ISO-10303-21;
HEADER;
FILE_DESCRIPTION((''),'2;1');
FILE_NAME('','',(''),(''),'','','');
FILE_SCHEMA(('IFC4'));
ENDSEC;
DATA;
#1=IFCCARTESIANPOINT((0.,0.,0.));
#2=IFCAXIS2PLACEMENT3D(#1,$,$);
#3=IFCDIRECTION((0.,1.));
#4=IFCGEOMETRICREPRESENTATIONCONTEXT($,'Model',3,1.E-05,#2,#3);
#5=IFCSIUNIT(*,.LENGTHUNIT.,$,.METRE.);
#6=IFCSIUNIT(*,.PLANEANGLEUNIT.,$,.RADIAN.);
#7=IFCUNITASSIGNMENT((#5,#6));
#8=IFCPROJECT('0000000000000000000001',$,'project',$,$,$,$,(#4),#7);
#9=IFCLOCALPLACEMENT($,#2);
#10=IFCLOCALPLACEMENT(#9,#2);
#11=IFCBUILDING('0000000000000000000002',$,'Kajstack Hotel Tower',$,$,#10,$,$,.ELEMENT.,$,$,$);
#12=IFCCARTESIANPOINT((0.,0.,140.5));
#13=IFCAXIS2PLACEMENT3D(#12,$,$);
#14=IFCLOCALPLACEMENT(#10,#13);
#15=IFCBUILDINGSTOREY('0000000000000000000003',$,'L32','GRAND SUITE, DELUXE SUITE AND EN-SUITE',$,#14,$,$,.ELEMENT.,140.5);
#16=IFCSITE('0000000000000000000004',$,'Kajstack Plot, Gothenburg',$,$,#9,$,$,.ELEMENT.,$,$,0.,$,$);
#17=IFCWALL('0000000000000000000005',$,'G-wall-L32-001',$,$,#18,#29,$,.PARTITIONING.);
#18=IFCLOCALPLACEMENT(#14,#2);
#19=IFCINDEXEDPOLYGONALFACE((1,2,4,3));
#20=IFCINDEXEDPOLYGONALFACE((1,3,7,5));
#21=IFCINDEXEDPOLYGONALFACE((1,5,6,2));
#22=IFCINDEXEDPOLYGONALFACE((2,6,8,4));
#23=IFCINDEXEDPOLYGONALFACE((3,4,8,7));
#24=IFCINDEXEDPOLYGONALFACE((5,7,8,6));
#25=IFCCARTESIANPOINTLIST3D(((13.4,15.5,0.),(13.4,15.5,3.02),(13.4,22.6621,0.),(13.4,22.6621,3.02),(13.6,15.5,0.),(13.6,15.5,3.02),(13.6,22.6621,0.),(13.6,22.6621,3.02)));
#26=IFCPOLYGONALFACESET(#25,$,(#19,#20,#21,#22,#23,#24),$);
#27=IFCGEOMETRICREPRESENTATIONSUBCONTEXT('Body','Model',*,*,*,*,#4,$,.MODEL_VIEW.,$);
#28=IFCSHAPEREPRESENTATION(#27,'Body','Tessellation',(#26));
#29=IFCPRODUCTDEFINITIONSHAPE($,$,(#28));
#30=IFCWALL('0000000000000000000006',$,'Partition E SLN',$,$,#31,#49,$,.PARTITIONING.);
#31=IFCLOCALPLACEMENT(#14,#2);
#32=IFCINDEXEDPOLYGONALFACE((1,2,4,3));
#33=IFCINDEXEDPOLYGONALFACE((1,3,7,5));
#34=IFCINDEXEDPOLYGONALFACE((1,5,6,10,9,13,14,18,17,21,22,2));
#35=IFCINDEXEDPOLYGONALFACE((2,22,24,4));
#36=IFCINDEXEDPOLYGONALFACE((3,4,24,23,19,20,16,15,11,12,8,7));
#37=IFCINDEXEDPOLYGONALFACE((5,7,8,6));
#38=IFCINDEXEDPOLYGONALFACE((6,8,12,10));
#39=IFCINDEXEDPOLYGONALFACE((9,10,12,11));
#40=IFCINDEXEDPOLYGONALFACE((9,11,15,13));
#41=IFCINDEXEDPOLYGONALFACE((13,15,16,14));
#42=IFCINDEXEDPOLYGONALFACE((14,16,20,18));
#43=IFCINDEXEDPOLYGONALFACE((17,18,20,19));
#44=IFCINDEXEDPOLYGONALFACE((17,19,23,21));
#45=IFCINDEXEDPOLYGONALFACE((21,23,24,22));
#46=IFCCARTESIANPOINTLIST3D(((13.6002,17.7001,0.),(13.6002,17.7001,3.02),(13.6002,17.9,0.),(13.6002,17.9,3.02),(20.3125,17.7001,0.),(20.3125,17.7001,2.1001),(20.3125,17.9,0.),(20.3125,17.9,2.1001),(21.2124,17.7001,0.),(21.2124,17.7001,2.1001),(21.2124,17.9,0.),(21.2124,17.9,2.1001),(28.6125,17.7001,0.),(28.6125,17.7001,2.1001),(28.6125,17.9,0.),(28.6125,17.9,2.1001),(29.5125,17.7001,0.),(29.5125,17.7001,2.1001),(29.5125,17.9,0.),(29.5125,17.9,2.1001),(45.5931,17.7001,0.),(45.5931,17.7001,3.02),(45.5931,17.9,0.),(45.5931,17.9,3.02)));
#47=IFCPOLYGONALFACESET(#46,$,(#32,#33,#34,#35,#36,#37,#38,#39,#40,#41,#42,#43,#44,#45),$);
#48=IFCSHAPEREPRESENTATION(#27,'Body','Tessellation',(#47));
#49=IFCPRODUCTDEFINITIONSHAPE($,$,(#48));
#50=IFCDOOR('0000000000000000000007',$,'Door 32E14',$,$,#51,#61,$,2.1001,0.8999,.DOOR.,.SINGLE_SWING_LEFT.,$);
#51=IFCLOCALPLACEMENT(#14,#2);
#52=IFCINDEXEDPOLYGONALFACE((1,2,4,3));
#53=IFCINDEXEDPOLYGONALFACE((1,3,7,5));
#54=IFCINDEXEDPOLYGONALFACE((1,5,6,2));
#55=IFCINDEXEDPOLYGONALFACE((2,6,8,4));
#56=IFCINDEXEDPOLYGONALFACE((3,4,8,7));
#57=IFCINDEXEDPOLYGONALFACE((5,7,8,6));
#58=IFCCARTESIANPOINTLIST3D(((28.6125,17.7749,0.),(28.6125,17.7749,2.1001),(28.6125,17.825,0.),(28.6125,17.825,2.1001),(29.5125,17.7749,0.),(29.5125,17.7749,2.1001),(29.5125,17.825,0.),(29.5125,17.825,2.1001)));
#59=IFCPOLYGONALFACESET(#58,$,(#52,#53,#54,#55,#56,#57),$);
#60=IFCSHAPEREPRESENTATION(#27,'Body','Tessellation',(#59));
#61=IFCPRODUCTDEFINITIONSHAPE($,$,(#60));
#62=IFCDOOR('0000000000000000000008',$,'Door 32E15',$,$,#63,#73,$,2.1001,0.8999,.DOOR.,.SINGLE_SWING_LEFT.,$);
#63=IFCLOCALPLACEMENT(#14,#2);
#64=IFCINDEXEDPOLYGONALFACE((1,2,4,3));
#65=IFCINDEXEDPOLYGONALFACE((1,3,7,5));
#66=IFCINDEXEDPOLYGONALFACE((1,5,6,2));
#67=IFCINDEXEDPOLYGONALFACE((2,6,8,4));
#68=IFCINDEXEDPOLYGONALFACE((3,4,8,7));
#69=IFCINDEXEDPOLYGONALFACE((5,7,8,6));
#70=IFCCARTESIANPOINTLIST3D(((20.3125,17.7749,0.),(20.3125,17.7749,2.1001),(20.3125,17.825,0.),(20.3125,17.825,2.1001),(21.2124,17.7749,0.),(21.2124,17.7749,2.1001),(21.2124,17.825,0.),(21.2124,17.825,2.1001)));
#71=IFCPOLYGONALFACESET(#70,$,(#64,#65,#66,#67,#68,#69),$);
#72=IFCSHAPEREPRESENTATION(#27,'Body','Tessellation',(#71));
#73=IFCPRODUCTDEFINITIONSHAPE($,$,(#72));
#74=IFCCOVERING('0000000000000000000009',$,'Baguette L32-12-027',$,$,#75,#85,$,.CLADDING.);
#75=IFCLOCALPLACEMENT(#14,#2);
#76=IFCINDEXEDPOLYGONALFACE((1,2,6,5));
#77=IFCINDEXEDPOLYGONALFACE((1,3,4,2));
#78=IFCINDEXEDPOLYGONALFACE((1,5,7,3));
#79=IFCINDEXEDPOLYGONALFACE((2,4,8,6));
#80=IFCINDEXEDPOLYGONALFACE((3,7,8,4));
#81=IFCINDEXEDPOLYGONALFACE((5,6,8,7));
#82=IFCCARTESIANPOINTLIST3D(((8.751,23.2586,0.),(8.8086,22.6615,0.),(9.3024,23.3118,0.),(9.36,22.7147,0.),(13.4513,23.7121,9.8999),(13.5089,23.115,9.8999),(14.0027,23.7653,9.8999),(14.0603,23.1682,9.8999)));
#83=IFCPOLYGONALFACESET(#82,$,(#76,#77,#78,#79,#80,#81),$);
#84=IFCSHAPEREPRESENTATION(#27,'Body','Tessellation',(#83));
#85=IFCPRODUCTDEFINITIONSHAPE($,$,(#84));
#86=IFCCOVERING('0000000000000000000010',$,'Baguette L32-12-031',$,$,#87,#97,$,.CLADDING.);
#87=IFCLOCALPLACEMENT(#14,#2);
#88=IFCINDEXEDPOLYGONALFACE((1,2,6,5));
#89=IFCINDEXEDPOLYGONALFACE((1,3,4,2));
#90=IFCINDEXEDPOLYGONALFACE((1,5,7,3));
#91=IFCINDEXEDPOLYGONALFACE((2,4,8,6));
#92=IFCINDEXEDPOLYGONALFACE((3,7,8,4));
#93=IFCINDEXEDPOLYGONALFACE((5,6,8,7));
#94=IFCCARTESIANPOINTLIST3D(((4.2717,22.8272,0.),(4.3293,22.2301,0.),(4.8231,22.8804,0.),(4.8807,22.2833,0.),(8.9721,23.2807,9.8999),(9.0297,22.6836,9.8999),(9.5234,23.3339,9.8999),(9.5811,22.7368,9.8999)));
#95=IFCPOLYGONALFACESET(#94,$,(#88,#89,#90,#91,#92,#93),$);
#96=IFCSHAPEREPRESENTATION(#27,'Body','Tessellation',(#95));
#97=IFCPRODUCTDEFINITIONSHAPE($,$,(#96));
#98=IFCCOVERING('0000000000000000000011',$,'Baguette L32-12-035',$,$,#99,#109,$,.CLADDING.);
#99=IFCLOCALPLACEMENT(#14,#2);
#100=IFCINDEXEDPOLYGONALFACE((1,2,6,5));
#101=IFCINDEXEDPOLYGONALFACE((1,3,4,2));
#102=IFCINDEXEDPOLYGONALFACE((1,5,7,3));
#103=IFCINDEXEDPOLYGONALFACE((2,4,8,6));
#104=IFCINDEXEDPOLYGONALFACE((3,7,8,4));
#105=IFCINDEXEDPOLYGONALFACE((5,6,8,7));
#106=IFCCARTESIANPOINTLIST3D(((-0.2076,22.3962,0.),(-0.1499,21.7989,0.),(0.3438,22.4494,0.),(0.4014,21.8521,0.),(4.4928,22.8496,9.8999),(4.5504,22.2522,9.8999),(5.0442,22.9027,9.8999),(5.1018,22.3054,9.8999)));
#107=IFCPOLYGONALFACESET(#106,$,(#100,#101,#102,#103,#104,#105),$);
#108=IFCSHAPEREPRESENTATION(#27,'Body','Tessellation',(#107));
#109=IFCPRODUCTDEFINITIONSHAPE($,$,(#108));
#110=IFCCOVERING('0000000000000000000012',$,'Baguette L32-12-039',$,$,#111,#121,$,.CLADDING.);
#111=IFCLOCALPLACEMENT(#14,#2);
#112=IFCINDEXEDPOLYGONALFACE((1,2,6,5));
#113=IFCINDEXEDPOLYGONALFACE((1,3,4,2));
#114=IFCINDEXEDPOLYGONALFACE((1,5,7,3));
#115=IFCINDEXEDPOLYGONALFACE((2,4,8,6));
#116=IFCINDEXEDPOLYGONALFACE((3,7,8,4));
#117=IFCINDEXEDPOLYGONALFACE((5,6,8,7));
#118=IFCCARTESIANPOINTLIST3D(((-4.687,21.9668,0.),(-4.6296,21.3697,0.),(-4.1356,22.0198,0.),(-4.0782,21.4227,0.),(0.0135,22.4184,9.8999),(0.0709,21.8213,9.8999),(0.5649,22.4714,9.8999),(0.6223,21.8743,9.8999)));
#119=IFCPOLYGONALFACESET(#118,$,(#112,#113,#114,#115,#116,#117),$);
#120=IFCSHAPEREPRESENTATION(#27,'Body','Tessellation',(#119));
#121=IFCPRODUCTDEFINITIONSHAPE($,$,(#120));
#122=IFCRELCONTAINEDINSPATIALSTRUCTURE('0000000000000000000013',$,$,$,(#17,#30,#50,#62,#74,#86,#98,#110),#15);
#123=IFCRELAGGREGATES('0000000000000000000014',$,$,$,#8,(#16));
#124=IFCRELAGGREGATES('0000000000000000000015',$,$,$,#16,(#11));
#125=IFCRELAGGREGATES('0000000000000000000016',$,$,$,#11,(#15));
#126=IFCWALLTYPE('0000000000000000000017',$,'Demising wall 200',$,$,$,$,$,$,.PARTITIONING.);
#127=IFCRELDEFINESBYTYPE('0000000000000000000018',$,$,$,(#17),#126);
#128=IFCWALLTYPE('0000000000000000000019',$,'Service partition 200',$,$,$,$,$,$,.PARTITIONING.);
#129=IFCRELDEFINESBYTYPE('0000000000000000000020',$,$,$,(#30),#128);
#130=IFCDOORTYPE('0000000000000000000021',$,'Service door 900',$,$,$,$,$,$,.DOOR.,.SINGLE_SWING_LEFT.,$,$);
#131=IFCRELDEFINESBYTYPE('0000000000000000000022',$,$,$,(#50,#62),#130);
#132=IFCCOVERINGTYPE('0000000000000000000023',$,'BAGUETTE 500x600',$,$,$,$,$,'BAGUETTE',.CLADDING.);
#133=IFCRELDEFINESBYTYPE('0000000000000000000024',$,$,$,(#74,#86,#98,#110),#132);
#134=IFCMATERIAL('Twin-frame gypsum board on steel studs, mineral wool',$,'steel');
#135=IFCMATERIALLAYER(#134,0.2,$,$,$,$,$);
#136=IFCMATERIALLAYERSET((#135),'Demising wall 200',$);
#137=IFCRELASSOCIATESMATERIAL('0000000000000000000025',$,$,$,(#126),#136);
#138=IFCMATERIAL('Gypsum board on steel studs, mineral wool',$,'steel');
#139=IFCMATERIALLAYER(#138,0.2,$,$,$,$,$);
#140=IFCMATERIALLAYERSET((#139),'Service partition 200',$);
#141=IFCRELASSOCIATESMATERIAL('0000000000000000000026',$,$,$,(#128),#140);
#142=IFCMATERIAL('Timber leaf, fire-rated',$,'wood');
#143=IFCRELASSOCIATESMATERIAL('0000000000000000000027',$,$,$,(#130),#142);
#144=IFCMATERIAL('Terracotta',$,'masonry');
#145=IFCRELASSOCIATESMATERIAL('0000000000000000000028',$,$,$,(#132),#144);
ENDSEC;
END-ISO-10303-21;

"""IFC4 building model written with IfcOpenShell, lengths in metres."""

from ifc_helpers import new_model, si_unit, direction, frame, frame_2d, origin, origin_2d, place, context, subcontext, project, spatial, polyline, rectangle, outline, extrude, material, layer, layer_set, material_profile, profile_set, type_object, element, fill, save


model = new_model("IFC4")

# Units and contexts
model_context = context("Model", 3, precision=1e-05, world=origin(), true_north=direction((0.0, 1.0)))
body_context = subcontext(model_context, "Body", "Model", "MODEL_VIEW")
ifc_project = project(units=[si_unit("LENGTHUNIT", "METRE"), si_unit("PLANEANGLEUNIT", "RADIAN")], contexts=[model_context])

# Site, building, storey
site_placement = place(None, origin())
site = spatial("IfcSite", under=ifc_project, at=site_placement, Name="Kajstack Plot, Gothenburg", CompositionType="ELEMENT", RefElevation=0.0)
building_placement = place(site_placement, origin())
building = spatial("IfcBuilding", under=site, at=building_placement, Name="Kajstack Hotel Tower", CompositionType="ELEMENT")
storey_placement = place(building_placement, frame((0.0, 0.0, 140.5)))
storey = spatial("IfcBuildingStorey", under=building, at=storey_placement, Name="L32", Description="GRAND SUITE, DELUXE SUITE AND EN-SUITE", CompositionType="ELEMENT", Elevation=140.5)

# Wall
ifc_material_1 = material(Name="Twin-frame gypsum board on steel studs, mineral wool", Category="steel")
ifc_layer_1 = layer(ifc_material_1, 0.2)
ifc_layer_set_1 = layer_set([ifc_layer_1], Name="Demising wall 200")
wall_type_1 = type_object("IfcWallType", Name="Demising wall 200", PredefinedType="PARTITIONING", material=ifc_layer_set_1)
wall_1_placement = place(storey_placement, frame((13.5, 15.5, 0.0), z_axis=(0.0, 0.0, 1.0), x_axis=(0.0, 1.0, 0.0)))
element("IfcWall", 1, at=wall_1_placement, inside=storey, type_object=wall_type_1, Name="G-wall-L32-001", PredefinedType="PARTITIONING", context=body_context, shape_type="SweptSolid", body=[
    extrude(rectangle(XDim=7.1621, YDim=0.2, at=frame_2d((3.5811, 0.0))), origin(), (0.0, 0.0, 1.0), 3.02),
])

# Wall, openings, doors
ifc_material_2 = material(Name="Gypsum board on steel studs, mineral wool", Category="steel")
ifc_layer_2 = layer(ifc_material_2, 0.2)
ifc_layer_set_2 = layer_set([ifc_layer_2], Name="Service partition 200")
wall_type_2 = type_object("IfcWallType", Name="Service partition 200", PredefinedType="PARTITIONING", material=ifc_layer_set_2)
wall_2_placement = place(storey_placement, frame((13.6001, 17.8, 0.0), z_axis=(0.0, 0.0, 1.0), x_axis=(1.0, 0.0, 0.0)))
wall_2 = element("IfcWall", 2, at=wall_2_placement, inside=storey, type_object=wall_type_2, Name="Partition E SLN", PredefinedType="PARTITIONING", context=body_context, shape_type="SweptSolid", body=[
    extrude(rectangle(XDim=31.9929, YDim=0.2, at=frame_2d((15.9966, 0.0))), origin(), (0.0, 0.0, 1.0), 3.02),
])
opening_1_placement = place(wall_2_placement, frame((15.0125, 0.0, 0.0)))
opening_1 = element("IfcOpeningElement", 3, at=opening_1_placement, cuts=wall_2, PredefinedType="OPENING", context=body_context, shape_type="SweptSolid", body=[
    extrude(rectangle(XDim=0.8999, YDim=2.1001, at=frame_2d((0.45, 1.05))), frame((0.0, 0.1099, 0.0), z_axis=(0.0, -1.0, 0.0), x_axis=(1.0, 0.0, 0.0)), (0.0, 0.0, 1.0), 0.22),
])
opening_2_placement = place(wall_2_placement, frame((6.7124, 0.0, 0.0)))
opening_2 = element("IfcOpeningElement", 4, at=opening_2_placement, cuts=wall_2, PredefinedType="OPENING", context=body_context, shape_type="SweptSolid", body=[
    extrude(rectangle(XDim=0.8999, YDim=2.1001, at=frame_2d((0.45, 1.05))), frame((0.0, 0.1099, 0.0), z_axis=(0.0, -1.0, 0.0), x_axis=(1.0, 0.0, 0.0)), (0.0, 0.0, 1.0), 0.22),
])
ifc_material_3 = material(Name="Timber leaf, fire-rated", Category="wood")
door_type = type_object("IfcDoorType", Name="Service door 900", OperationType="SINGLE_SWING_LEFT", PredefinedType="DOOR", material=ifc_material_3)
door_1_placement = place(opening_1_placement, origin())
door_1 = element("IfcDoor", 5, at=door_1_placement, inside=storey, type_object=door_type, Name="Door 32E14", OperationType="SINGLE_SWING_LEFT", OverallHeight=2.1001, OverallWidth=0.8999, PredefinedType="DOOR", context=body_context, shape_type="SweptSolid", body=[
    extrude(rectangle(XDim=0.8999, YDim=2.1001, at=frame_2d((0.45, 1.05))), frame((0.0, 0.0249, 0.0), z_axis=(0.0, -1.0, 0.0), x_axis=(1.0, 0.0, 0.0)), (0.0, 0.0, 1.0), 0.05),
])
fill(opening_1, door_1)
door_2_placement = place(opening_2_placement, origin())
door_2 = element("IfcDoor", 6, at=door_2_placement, inside=storey, type_object=door_type, Name="Door 32E15", OperationType="SINGLE_SWING_LEFT", OverallHeight=2.1001, OverallWidth=0.8999, PredefinedType="DOOR", context=body_context, shape_type="SweptSolid", body=[
    extrude(rectangle(XDim=0.8999, YDim=2.1001, at=frame_2d((0.45, 1.05))), frame((0.0, 0.0249, 0.0), z_axis=(0.0, -1.0, 0.0), x_axis=(1.0, 0.0, 0.0)), (0.0, 0.0, 1.0), 0.05),
])
fill(opening_2, door_2)

# Coverings
ifc_material_4 = material(Name="Terracotta", Category="masonry")
ifc_material_profile = material_profile(ifc_material_4, rectangle(XDim=0.6001, YDim=0.5, at=origin_2d()), Name="Terracotta-clad concrete baguette 500 x 600")
ifc_profile_set = profile_set([ifc_material_profile], Name="Terracotta")
covering_type = type_object("IfcCoveringType", Name="BAGUETTE 500x600", ElementType="BAGUETTE", PredefinedType="CLADDING", material=ifc_profile_set)
for number, where, z_axis, x_axis, name in (
    (7, (14.0603, 23.1682, 0.0), (-0.096038, 0.995378, 0.0), (-0.995378, -0.096038, 0.0), "Baguette L32-12-027"),
    (8, (9.5811, 22.7368, 0.0), (-0.096038, 0.995378, 0.0), (-0.995378, -0.096038, 0.0), "Baguette L32-12-031"),
):
    element("IfcCovering", number, at=place(storey_placement, frame(where, z_axis=z_axis, x_axis=x_axis)), inside=storey, type_object=covering_type, Name=name, PredefinedType="CLADDING", context=body_context, shape_type="SweptSolid", body=[
        extrude(outline(polyline([(0.0, 9.8999), (4.7222, 0.0), (5.2761, 0.0), (0.554, 9.8999), (0.0, 9.8999)])), origin(), (0.0, 0.0, 1.0), 0.5999),
    ])
covering_1_placement = place(storey_placement, frame((5.1018, 22.3054, 0.0), z_axis=(-0.095999, 0.995381, 0.0), x_axis=(-0.995381, -0.095999, 0.0)))
element("IfcCovering", 9, at=covering_1_placement, inside=storey, type_object=covering_type, Name="Baguette L32-12-035", PredefinedType="CLADDING", context=body_context, shape_type="SweptSolid", body=[
    extrude(outline(polyline([(0.0, 9.8999), (4.7222, 0.0), (5.2761, 0.0), (0.554, 9.8999), (0.0, 9.8999)])), origin(), (0.0, 0.0, 1.0), 0.6001),
])
covering_2_placement = place(storey_placement, frame((0.6223, 21.8743, 0.0), z_axis=(-0.095635, 0.995416, 0.0), x_axis=(-0.995416, -0.095635, 0.0)))
element("IfcCovering", 10, at=covering_2_placement, inside=storey, type_object=covering_type, Name="Baguette L32-12-039", PredefinedType="CLADDING", context=body_context, shape_type="SweptSolid", body=[
    extrude(outline(polyline([(0.0, 9.8999), (4.7222, 0.0), (5.2761, 0.0), (0.554, 9.8999), (0.0, 9.8999)])), origin(), (0.0, 0.0, 1.0), 0.5999),
])

save(model, "model.ifc")
